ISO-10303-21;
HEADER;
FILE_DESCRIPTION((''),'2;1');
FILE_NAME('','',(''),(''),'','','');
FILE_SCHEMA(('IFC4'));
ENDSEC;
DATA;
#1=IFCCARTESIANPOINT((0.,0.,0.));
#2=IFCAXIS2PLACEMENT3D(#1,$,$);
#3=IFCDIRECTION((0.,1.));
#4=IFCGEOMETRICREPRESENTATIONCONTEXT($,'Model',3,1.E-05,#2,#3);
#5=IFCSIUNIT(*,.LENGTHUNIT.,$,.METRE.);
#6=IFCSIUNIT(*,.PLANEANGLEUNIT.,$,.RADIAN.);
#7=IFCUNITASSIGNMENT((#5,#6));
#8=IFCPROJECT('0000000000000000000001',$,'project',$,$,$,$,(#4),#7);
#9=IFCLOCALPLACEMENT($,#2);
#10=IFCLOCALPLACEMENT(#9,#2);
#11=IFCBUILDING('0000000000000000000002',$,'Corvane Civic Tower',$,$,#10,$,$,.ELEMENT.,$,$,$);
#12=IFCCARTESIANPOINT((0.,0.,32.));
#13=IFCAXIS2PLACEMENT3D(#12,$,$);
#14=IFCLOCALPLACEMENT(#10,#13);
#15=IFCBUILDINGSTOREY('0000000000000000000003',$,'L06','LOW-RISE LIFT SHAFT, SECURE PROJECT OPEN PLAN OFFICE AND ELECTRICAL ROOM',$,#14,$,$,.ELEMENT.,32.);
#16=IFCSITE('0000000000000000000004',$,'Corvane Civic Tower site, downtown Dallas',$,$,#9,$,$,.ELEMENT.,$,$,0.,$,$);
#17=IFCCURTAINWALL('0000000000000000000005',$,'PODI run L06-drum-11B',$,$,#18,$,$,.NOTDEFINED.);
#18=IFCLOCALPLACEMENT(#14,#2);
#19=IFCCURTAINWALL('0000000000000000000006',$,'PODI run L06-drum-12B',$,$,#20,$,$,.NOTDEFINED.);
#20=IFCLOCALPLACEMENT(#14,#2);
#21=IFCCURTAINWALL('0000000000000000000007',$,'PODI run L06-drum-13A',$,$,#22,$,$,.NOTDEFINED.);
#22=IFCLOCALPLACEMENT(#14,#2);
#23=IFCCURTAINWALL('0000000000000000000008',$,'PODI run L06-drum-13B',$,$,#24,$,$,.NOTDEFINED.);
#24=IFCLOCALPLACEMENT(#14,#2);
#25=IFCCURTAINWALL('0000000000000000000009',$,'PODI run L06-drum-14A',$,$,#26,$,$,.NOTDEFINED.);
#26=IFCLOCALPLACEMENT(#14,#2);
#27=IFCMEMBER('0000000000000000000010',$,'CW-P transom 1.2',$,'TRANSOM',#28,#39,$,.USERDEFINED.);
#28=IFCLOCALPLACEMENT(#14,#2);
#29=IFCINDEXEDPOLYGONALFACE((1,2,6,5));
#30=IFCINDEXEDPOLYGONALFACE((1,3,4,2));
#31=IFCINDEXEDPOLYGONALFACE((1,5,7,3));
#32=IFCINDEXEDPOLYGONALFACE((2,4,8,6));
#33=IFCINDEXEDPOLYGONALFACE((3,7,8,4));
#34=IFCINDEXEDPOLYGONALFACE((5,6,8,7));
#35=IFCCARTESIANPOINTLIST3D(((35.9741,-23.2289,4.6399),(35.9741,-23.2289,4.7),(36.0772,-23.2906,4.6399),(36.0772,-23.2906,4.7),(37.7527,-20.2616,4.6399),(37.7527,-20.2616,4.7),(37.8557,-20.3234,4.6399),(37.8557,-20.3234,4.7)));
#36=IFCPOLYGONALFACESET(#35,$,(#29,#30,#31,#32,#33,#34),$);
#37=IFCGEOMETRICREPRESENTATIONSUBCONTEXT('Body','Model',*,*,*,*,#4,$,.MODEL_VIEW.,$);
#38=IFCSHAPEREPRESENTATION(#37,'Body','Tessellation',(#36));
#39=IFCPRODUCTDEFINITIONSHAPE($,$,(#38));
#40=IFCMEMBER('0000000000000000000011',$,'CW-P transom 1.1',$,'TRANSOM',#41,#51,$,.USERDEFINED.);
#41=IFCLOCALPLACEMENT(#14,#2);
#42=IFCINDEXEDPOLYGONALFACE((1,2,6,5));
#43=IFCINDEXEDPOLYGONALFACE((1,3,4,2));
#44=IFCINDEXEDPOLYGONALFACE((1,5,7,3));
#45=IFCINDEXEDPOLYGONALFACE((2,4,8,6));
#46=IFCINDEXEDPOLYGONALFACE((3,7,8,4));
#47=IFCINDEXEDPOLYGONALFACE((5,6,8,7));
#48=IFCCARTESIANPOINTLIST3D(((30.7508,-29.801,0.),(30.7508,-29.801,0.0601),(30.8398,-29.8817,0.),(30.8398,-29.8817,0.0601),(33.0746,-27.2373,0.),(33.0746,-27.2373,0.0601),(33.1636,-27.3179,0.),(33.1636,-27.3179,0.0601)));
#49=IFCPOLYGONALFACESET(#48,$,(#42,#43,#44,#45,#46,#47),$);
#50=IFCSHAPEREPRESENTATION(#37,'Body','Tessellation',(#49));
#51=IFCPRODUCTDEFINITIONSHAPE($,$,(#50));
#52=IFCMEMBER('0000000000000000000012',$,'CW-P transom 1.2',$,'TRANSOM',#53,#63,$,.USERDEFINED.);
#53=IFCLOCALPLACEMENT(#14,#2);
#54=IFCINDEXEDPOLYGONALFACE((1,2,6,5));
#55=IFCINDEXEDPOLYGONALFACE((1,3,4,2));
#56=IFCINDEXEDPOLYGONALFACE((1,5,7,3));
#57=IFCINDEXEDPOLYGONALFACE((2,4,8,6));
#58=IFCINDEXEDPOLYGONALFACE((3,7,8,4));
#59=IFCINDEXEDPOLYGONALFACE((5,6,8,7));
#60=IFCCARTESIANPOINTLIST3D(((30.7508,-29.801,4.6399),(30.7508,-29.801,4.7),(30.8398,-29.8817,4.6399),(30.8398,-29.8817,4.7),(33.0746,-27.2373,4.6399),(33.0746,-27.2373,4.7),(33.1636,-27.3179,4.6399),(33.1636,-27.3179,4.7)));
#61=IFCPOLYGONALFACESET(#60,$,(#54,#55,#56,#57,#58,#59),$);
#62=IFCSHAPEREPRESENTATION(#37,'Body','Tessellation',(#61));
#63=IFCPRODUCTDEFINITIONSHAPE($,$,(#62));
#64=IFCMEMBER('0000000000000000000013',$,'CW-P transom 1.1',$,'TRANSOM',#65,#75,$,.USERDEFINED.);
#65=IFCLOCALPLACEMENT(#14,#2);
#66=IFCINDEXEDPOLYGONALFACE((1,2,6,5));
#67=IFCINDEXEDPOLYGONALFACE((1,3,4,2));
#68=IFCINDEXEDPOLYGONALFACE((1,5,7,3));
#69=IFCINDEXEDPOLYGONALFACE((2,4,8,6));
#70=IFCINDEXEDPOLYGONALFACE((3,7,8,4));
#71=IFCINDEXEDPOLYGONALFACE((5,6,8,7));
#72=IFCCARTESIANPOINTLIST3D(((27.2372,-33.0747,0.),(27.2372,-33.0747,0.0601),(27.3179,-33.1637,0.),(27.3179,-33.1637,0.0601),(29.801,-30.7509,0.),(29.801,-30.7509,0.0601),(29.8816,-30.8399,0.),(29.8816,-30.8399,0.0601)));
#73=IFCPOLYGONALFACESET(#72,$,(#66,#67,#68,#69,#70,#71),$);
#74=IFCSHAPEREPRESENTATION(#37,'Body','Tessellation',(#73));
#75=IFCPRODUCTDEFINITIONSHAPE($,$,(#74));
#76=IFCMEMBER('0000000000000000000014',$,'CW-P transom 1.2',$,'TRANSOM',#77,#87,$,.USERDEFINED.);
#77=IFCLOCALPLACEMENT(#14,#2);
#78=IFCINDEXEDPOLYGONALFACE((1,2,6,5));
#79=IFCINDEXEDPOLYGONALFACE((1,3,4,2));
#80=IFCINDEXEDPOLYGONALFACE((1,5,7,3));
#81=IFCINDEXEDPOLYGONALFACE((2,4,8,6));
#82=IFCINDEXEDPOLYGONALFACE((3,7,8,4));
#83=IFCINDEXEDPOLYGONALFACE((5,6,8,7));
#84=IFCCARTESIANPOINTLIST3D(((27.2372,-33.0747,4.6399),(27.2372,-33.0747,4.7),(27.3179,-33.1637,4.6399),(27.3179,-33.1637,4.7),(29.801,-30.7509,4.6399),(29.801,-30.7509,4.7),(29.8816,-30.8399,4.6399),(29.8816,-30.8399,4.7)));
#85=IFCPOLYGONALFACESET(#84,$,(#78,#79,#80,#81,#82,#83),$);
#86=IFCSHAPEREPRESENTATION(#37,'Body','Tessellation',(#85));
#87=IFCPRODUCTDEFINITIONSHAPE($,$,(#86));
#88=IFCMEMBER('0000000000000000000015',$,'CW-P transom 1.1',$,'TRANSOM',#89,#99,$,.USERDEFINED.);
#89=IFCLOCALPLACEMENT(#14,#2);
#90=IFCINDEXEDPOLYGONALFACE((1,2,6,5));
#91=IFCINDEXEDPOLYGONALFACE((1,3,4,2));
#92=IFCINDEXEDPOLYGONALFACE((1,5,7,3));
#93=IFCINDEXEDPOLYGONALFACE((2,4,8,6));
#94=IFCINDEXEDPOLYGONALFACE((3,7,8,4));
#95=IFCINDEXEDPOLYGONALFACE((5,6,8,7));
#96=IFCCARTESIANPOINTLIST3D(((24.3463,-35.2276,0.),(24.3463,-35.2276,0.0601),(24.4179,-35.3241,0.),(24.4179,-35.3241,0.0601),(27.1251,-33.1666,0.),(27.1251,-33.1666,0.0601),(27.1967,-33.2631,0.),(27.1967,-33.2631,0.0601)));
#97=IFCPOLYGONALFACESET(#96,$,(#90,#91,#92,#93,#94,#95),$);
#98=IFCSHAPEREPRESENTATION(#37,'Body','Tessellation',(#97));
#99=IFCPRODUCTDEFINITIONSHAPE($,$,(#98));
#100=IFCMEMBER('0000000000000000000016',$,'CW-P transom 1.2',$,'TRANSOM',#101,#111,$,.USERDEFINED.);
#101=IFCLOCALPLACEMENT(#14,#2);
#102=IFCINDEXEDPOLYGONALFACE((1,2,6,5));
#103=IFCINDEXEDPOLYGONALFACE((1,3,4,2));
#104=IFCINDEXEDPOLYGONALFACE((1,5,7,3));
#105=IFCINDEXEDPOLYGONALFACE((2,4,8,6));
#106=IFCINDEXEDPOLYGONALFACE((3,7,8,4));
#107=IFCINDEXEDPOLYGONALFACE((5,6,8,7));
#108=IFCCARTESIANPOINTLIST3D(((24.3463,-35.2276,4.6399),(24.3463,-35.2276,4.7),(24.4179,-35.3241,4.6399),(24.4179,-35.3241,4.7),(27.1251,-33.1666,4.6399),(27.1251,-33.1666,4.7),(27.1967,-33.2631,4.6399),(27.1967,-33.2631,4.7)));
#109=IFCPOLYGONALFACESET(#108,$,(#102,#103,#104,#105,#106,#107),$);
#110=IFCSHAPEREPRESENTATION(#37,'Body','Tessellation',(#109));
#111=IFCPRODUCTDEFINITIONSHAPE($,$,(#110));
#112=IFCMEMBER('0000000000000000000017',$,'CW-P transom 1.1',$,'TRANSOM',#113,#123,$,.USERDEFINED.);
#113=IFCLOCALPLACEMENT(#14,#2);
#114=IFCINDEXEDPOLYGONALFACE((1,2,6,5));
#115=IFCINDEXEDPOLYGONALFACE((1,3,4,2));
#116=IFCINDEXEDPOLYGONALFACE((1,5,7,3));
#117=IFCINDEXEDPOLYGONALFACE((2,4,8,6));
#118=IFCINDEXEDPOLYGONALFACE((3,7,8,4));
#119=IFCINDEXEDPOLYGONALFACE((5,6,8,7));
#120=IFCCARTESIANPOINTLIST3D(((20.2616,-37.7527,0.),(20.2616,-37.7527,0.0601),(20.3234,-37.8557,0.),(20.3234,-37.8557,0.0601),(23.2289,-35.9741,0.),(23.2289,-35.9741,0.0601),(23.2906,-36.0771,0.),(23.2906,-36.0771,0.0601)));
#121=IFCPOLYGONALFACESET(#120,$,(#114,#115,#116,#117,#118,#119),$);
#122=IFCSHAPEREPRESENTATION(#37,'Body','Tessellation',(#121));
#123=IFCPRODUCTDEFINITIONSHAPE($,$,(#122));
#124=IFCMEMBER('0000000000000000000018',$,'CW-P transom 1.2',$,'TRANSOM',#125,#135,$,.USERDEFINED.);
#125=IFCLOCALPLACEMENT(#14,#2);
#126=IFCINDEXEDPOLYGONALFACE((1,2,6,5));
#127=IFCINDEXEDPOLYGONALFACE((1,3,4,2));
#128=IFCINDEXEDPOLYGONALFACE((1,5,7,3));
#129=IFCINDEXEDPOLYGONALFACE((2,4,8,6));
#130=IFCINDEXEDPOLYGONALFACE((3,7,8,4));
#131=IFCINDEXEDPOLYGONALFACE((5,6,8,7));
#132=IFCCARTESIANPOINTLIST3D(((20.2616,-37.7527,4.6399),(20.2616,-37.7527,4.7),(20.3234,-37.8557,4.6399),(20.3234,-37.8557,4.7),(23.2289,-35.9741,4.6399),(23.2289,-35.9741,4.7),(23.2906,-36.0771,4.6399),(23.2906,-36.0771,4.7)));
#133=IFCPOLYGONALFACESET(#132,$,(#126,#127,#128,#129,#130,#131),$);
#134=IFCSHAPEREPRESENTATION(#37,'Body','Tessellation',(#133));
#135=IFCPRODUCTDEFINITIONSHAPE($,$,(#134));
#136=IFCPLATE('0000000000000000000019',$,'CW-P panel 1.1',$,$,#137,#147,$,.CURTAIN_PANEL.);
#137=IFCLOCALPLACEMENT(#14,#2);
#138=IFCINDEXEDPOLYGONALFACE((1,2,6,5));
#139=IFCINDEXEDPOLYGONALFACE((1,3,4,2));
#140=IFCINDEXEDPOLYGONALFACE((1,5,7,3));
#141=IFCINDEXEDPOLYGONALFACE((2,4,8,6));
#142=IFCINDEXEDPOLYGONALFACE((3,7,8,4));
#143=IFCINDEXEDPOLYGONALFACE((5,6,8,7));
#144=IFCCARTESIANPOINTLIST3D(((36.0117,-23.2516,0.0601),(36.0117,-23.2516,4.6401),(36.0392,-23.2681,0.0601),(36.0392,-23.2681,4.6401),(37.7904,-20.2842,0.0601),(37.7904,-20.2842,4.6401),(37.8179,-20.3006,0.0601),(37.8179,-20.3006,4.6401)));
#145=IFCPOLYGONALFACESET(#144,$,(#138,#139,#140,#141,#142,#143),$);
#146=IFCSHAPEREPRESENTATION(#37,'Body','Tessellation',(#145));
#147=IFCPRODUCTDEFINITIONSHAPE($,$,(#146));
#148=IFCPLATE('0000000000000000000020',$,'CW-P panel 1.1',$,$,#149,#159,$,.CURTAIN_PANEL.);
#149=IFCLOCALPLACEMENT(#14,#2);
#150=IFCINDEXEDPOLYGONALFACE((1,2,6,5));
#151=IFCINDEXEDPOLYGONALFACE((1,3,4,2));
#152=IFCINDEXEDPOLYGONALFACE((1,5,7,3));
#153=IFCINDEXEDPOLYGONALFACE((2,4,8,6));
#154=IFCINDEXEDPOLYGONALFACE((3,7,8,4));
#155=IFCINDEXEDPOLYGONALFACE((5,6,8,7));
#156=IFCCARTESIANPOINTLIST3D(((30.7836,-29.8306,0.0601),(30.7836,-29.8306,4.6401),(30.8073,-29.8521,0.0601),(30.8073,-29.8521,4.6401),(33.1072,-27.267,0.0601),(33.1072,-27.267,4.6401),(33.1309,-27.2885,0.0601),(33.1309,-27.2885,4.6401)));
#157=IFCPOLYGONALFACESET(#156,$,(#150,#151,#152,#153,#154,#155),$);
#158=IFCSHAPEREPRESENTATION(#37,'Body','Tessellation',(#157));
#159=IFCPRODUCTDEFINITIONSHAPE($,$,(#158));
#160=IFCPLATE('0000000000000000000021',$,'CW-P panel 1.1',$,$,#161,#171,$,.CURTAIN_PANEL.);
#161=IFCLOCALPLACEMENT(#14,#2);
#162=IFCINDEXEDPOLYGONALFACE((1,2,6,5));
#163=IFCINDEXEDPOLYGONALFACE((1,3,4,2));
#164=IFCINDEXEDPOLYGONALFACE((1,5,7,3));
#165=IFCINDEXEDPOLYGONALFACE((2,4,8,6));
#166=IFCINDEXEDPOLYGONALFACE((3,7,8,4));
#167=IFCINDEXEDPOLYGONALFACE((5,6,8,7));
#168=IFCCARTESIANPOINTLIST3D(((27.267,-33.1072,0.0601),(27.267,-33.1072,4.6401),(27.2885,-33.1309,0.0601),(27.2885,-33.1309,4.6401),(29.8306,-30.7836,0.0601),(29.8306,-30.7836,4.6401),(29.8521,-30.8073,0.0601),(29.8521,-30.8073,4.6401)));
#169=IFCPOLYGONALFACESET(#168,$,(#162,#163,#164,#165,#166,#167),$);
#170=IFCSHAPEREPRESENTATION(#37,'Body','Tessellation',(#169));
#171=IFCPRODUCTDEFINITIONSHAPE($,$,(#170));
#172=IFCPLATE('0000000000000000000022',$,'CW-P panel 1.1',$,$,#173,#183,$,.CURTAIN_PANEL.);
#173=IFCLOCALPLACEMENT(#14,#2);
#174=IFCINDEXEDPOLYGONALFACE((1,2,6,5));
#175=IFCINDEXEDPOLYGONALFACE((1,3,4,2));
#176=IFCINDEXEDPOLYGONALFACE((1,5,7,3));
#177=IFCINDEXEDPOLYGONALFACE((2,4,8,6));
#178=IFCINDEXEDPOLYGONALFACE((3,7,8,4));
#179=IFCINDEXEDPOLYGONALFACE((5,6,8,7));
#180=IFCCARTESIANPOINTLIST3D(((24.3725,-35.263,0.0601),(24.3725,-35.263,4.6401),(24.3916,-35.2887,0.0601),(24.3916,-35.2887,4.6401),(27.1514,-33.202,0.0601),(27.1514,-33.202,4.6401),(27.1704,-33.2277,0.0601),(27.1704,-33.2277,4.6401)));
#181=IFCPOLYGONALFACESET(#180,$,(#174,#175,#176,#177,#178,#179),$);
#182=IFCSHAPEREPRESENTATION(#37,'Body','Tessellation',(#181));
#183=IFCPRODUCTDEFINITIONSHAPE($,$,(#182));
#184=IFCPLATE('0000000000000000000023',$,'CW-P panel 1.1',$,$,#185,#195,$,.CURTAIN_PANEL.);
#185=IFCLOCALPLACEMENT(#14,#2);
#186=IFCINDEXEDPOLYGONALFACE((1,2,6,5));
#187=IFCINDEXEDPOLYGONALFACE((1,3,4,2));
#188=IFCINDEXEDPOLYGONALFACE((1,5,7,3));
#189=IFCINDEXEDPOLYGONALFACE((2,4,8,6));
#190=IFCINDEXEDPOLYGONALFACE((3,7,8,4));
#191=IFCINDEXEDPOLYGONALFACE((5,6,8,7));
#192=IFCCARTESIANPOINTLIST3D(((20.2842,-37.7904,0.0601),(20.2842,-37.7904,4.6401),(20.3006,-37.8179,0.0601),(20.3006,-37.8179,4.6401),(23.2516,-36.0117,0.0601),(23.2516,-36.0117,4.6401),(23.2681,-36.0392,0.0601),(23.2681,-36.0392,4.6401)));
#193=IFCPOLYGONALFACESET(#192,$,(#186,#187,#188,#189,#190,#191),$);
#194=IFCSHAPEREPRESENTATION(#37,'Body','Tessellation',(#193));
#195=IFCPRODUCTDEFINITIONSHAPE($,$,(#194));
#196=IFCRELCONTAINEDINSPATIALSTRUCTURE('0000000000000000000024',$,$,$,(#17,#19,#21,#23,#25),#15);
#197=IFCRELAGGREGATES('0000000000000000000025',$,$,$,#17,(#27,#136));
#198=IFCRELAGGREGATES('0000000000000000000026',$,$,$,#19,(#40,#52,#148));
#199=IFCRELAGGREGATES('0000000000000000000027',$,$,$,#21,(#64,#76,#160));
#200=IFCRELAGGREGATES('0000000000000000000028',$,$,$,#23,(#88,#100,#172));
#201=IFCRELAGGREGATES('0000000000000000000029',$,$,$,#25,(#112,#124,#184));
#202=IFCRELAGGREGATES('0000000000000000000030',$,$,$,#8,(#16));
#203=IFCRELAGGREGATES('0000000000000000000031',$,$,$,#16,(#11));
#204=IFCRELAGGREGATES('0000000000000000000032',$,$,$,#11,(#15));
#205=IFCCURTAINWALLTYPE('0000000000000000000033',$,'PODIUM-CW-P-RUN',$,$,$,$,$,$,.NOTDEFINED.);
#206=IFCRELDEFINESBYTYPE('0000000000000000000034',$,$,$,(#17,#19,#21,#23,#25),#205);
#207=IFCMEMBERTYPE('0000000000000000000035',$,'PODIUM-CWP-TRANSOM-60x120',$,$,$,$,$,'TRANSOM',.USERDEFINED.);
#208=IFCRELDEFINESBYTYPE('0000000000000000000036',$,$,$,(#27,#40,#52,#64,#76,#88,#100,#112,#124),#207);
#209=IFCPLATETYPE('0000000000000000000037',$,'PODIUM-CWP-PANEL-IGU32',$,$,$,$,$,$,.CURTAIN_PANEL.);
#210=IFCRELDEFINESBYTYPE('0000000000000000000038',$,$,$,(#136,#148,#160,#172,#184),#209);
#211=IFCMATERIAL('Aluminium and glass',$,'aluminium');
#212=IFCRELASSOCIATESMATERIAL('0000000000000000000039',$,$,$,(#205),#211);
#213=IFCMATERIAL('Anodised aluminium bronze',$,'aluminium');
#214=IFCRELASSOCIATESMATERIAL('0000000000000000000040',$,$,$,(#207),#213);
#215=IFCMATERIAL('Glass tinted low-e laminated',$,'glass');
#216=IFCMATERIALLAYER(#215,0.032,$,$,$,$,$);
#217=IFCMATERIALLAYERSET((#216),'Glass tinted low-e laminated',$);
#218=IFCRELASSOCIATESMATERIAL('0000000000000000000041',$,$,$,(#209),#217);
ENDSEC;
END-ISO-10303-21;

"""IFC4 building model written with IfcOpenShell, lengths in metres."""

from ifc_helpers import new_model, si_unit, direction, frame, origin, origin_2d, place, context, subcontext, project, spatial, rectangle, extrude, material, layer, layer_set, material_profile, profile_set, type_object, element, aggregate, save


model = new_model("IFC4")

# Units and contexts
model_context = context("Model", 3, precision=1e-05, world=origin(), true_north=direction((0.0, 1.0)))
body_context = subcontext(model_context, "Body", "Model", "MODEL_VIEW")
ifc_project = project(units=[si_unit("LENGTHUNIT", "METRE"), si_unit("PLANEANGLEUNIT", "RADIAN")], contexts=[model_context])

# Site, building, storey
site_placement = place(None, origin())
site = spatial("IfcSite", under=ifc_project, at=site_placement, Name="Corvane Civic Tower site, downtown Dallas", CompositionType="ELEMENT", RefElevation=0.0)
building_placement = place(site_placement, origin())
building = spatial("IfcBuilding", under=site, at=building_placement, Name="Corvane Civic Tower", CompositionType="ELEMENT")
storey_placement = place(building_placement, frame((0.0, 0.0, 32.0)))
storey = spatial("IfcBuildingStorey", under=building, at=storey_placement, Name="L06", Description="LOW-RISE LIFT SHAFT, SECURE PROJECT OPEN PLAN OFFICE AND ELECTRICAL ROOM", CompositionType="ELEMENT", Elevation=32.0)

# Shared definitions
ifc_material_1 = material(Name="Aluminium and glass", Category="aluminium")
curtain_wall_type = type_object("IfcCurtainWallType", Name="PODIUM-CW-P-RUN", PredefinedType="NOTDEFINED", material=ifc_material_1)

# Curtain walls
curtain_wall_1_placement = place(storey_placement, origin())
curtain_wall_1 = element("IfcCurtainWall", 1, at=curtain_wall_1_placement, inside=storey, type_object=curtain_wall_type, Name="PODI run L06-drum-11B", PredefinedType="NOTDEFINED")
curtain_wall_2_placement = place(storey_placement, origin())
curtain_wall_2 = element("IfcCurtainWall", 2, at=curtain_wall_2_placement, inside=storey, type_object=curtain_wall_type, Name="PODI run L06-drum-12B", PredefinedType="NOTDEFINED")
curtain_wall_3_placement = place(storey_placement, origin())
curtain_wall_3 = element("IfcCurtainWall", 3, at=curtain_wall_3_placement, inside=storey, type_object=curtain_wall_type, Name="PODI run L06-drum-13A", PredefinedType="NOTDEFINED")
curtain_wall_4_placement = place(storey_placement, origin())
curtain_wall_4 = element("IfcCurtainWall", 4, at=curtain_wall_4_placement, inside=storey, type_object=curtain_wall_type, Name="PODI run L06-drum-13B", PredefinedType="NOTDEFINED")

# Curtain wall
curtain_wall_5_placement = place(storey_placement, origin())
curtain_wall_5 = element("IfcCurtainWall", 5, at=curtain_wall_5_placement, inside=storey, type_object=curtain_wall_type, Name="PODI run L06-drum-14A", PredefinedType="NOTDEFINED")

# Members
ifc_material_2 = material(Name="Anodised aluminium bronze", Category="aluminium")
ifc_material_profile_1 = material_profile(ifc_material_2, rectangle(XDim=0.1201, YDim=0.0601, at=origin_2d()), Name="AL 120x60")
ifc_profile_set_1 = profile_set([ifc_material_profile_1], Name="Anodised aluminium bronze")
member_type_1 = type_object("IfcMemberType", Name="PODIUM-CWP-TRANSOM-60x120", ElementType="TRANSOM", PredefinedType="USERDEFINED", material=ifc_profile_set_1)
member_1_placement = place(storey_placement, frame((37.8042, -20.2925, 4.6699), z_axis=(-0.514112, -0.857723, 0.0), x_axis=(0.857723, -0.514112, 0.0)))
member_1 = element("IfcMember", 6, at=member_1_placement, type_object=member_type_1, Name="CW-P transom 1.2", ObjectType="TRANSOM", PredefinedType="USERDEFINED", context=body_context, shape_type="SweptSolid", body=[
    extrude(rectangle(XDim=0.1201, YDim=0.0601, at=origin_2d()), origin(), (0.0, 0.0, 1.0), 3.4595),
])
member_2_placement = place(storey_placement, frame((33.1191, -27.2776, 0.03), z_axis=(-0.671576, -0.740935, 0.0), x_axis=(0.740935, -0.671576, 0.0)))
member_2 = element("IfcMember", 7, at=member_2_placement, type_object=member_type_1, Name="CW-P transom 1.1", ObjectType="TRANSOM", PredefinedType="USERDEFINED", context=body_context, shape_type="SweptSolid", body=[
    extrude(rectangle(XDim=0.1201, YDim=0.0601, at=origin_2d()), origin(), (0.0, 0.0, 1.0), 3.4602),
])
member_3_placement = place(storey_placement, frame((33.1191, -27.2776, 4.6699), z_axis=(-0.671576, -0.740935, 0.0), x_axis=(0.740935, -0.671576, 0.0)))
member_3 = element("IfcMember", 8, at=member_3_placement, type_object=member_type_1, Name="CW-P transom 1.2", ObjectType="TRANSOM", PredefinedType="USERDEFINED", context=body_context, shape_type="SweptSolid", body=[
    extrude(rectangle(XDim=0.1201, YDim=0.0601, at=origin_2d()), origin(), (0.0, 0.0, 1.0), 3.4602),
])
member_4_placement = place(storey_placement, frame((29.8413, -30.7954, 0.03), z_axis=(-0.740935, -0.671576, 0.0), x_axis=(0.671576, -0.740935, 0.0)))
member_4 = element("IfcMember", 9, at=member_4_placement, type_object=member_type_1, Name="CW-P transom 1.1", ObjectType="TRANSOM", PredefinedType="USERDEFINED", context=body_context, shape_type="SweptSolid", body=[
    extrude(rectangle(XDim=0.1201, YDim=0.0601, at=origin_2d()), origin(), (0.0, 0.0, 1.0), 3.4602),
])
member_5_placement = place(storey_placement, frame((29.8413, -30.7954, 4.6699), z_axis=(-0.740935, -0.671576, 0.0), x_axis=(0.671576, -0.740935, 0.0)))
member_5 = element("IfcMember", 10, at=member_5_placement, type_object=member_type_1, Name="CW-P transom 1.2", ObjectType="TRANSOM", PredefinedType="USERDEFINED", context=body_context, shape_type="SweptSolid", body=[
    extrude(rectangle(XDim=0.1201, YDim=0.0601, at=origin_2d()), origin(), (0.0, 0.0, 1.0), 3.4602),
])
member_6_placement = place(storey_placement, frame((27.1609, -33.2148, 0.03), z_axis=(-0.80319, -0.595724, 0.0), x_axis=(0.595724, -0.80319, 0.0)))
member_6 = element("IfcMember", 11, at=member_6_placement, type_object=member_type_1, Name="CW-P transom 1.1", ObjectType="TRANSOM", PredefinedType="USERDEFINED", context=body_context, shape_type="SweptSolid", body=[
    extrude(rectangle(XDim=0.1201, YDim=0.0601, at=origin_2d()), origin(), (0.0, 0.0, 1.0), 3.4597),
])
member_7_placement = place(storey_placement, frame((27.1609, -33.2148, 4.6699), z_axis=(-0.80319, -0.595724, 0.0), x_axis=(0.595724, -0.80319, 0.0)))
member_7 = element("IfcMember", 12, at=member_7_placement, type_object=member_type_1, Name="CW-P transom 1.2", ObjectType="TRANSOM", PredefinedType="USERDEFINED", context=body_context, shape_type="SweptSolid", body=[
    extrude(rectangle(XDim=0.1201, YDim=0.0601, at=origin_2d()), origin(), (0.0, 0.0, 1.0), 3.4597),
])
member_8_placement = place(storey_placement, frame((23.2598, -36.0256, 0.03), z_axis=(-0.857723, -0.514112, 0.0), x_axis=(0.514112, -0.857723, 0.0)))
member_8 = element("IfcMember", 13, at=member_8_placement, type_object=member_type_1, Name="CW-P transom 1.1", ObjectType="TRANSOM", PredefinedType="USERDEFINED", context=body_context, shape_type="SweptSolid", body=[
    extrude(rectangle(XDim=0.1201, YDim=0.0601, at=origin_2d()), origin(), (0.0, 0.0, 1.0), 3.4595),
])
member_9_placement = place(storey_placement, frame((23.2598, -36.0256, 4.6699), z_axis=(-0.857723, -0.514112, 0.0), x_axis=(0.514112, -0.857723, 0.0)))
member_9 = element("IfcMember", 14, at=member_9_placement, type_object=member_type_1, Name="CW-P transom 1.2", ObjectType="TRANSOM", PredefinedType="USERDEFINED", context=body_context, shape_type="SweptSolid", body=[
    extrude(rectangle(XDim=0.1201, YDim=0.0601, at=origin_2d()), origin(), (0.0, 0.0, 1.0), 3.4595),
])

# Plates
ifc_material_3 = material(Name="Glass tinted low-e laminated", Category="glass")
ifc_layer_1 = layer(ifc_material_3, 0.032)
ifc_layer_set_1 = layer_set([ifc_layer_1], Name="Glass tinted low-e laminated")
plate_type = type_object("IfcPlateType", Name="PODIUM-CWP-PANEL-IGU32", PredefinedType="CURTAIN_PANEL", material=ifc_layer_set_1)
plate_1_placement = place(storey_placement, frame((36.9148, -21.7761, 0.0601), z_axis=(0.0, 0.0, 1.0), x_axis=(-0.514118, -0.85772, 0.0)))
plate_1 = element("IfcPlate", 15, at=plate_1_placement, type_object=plate_type, Name="CW-P panel 1.1", PredefinedType="CURTAIN_PANEL", context=body_context, shape_type="SweptSolid", body=[
    extrude(rectangle(XDim=3.4597, YDim=0.032, at=origin_2d()), origin(), (0.0, 0.0, 1.0), 4.5801),
])
aggregate(curtain_wall_1, [member_1, plate_1])
plate_2_placement = place(storey_placement, frame((31.9573, -28.5596, 0.0601), z_axis=(0.0, 0.0, 1.0), x_axis=(-0.671576, -0.740935, 0.0)))
plate_2 = element("IfcPlate", 16, at=plate_2_placement, type_object=plate_type, Name="CW-P panel 1.1", PredefinedType="CURTAIN_PANEL", context=body_context, shape_type="SweptSolid", body=[
    extrude(rectangle(XDim=3.46, YDim=0.032, at=origin_2d()), origin(), (0.0, 0.0, 1.0), 4.5801),
])
aggregate(curtain_wall_2, [member_2, member_3, plate_2])
plate_3_placement = place(storey_placement, frame((28.5596, -31.9573, 0.0601), z_axis=(0.0, 0.0, 1.0), x_axis=(-0.740935, -0.671576, 0.0)))
plate_3 = element("IfcPlate", 17, at=plate_3_placement, type_object=plate_type, Name="CW-P panel 1.1", PredefinedType="CURTAIN_PANEL", context=body_context, shape_type="SweptSolid", body=[
    extrude(rectangle(XDim=3.46, YDim=0.032, at=origin_2d()), origin(), (0.0, 0.0, 1.0), 4.5801),
])
aggregate(curtain_wall_3, [member_4, member_5, plate_3])
plate_4_placement = place(storey_placement, frame((25.7715, -34.2454, 0.0601), z_axis=(0.0, 0.0, 1.0), x_axis=(-0.803203, -0.595705, 0.0)))
plate_4 = element("IfcPlate", 18, at=plate_4_placement, type_object=plate_type, Name="CW-P panel 1.1", PredefinedType="CURTAIN_PANEL", context=body_context, shape_type="SweptSolid", body=[
    extrude(rectangle(XDim=3.4597, YDim=0.032, at=origin_2d()), origin(), (0.0, 0.0, 1.0), 4.5801),
])
aggregate(curtain_wall_4, [member_6, member_7, plate_4])
plate_5_placement = place(storey_placement, frame((21.7761, -36.9148, 0.0601), z_axis=(0.0, 0.0, 1.0), x_axis=(-0.85772, -0.514118, 0.0)))
plate_5 = element("IfcPlate", 19, at=plate_5_placement, type_object=plate_type, Name="CW-P panel 1.1", PredefinedType="CURTAIN_PANEL", context=body_context, shape_type="SweptSolid", body=[
    extrude(rectangle(XDim=3.4597, YDim=0.032, at=origin_2d()), origin(), (0.0, 0.0, 1.0), 4.5801),
])
aggregate(curtain_wall_5, [member_8, member_9, plate_5])

save(model, "model.ifc")
